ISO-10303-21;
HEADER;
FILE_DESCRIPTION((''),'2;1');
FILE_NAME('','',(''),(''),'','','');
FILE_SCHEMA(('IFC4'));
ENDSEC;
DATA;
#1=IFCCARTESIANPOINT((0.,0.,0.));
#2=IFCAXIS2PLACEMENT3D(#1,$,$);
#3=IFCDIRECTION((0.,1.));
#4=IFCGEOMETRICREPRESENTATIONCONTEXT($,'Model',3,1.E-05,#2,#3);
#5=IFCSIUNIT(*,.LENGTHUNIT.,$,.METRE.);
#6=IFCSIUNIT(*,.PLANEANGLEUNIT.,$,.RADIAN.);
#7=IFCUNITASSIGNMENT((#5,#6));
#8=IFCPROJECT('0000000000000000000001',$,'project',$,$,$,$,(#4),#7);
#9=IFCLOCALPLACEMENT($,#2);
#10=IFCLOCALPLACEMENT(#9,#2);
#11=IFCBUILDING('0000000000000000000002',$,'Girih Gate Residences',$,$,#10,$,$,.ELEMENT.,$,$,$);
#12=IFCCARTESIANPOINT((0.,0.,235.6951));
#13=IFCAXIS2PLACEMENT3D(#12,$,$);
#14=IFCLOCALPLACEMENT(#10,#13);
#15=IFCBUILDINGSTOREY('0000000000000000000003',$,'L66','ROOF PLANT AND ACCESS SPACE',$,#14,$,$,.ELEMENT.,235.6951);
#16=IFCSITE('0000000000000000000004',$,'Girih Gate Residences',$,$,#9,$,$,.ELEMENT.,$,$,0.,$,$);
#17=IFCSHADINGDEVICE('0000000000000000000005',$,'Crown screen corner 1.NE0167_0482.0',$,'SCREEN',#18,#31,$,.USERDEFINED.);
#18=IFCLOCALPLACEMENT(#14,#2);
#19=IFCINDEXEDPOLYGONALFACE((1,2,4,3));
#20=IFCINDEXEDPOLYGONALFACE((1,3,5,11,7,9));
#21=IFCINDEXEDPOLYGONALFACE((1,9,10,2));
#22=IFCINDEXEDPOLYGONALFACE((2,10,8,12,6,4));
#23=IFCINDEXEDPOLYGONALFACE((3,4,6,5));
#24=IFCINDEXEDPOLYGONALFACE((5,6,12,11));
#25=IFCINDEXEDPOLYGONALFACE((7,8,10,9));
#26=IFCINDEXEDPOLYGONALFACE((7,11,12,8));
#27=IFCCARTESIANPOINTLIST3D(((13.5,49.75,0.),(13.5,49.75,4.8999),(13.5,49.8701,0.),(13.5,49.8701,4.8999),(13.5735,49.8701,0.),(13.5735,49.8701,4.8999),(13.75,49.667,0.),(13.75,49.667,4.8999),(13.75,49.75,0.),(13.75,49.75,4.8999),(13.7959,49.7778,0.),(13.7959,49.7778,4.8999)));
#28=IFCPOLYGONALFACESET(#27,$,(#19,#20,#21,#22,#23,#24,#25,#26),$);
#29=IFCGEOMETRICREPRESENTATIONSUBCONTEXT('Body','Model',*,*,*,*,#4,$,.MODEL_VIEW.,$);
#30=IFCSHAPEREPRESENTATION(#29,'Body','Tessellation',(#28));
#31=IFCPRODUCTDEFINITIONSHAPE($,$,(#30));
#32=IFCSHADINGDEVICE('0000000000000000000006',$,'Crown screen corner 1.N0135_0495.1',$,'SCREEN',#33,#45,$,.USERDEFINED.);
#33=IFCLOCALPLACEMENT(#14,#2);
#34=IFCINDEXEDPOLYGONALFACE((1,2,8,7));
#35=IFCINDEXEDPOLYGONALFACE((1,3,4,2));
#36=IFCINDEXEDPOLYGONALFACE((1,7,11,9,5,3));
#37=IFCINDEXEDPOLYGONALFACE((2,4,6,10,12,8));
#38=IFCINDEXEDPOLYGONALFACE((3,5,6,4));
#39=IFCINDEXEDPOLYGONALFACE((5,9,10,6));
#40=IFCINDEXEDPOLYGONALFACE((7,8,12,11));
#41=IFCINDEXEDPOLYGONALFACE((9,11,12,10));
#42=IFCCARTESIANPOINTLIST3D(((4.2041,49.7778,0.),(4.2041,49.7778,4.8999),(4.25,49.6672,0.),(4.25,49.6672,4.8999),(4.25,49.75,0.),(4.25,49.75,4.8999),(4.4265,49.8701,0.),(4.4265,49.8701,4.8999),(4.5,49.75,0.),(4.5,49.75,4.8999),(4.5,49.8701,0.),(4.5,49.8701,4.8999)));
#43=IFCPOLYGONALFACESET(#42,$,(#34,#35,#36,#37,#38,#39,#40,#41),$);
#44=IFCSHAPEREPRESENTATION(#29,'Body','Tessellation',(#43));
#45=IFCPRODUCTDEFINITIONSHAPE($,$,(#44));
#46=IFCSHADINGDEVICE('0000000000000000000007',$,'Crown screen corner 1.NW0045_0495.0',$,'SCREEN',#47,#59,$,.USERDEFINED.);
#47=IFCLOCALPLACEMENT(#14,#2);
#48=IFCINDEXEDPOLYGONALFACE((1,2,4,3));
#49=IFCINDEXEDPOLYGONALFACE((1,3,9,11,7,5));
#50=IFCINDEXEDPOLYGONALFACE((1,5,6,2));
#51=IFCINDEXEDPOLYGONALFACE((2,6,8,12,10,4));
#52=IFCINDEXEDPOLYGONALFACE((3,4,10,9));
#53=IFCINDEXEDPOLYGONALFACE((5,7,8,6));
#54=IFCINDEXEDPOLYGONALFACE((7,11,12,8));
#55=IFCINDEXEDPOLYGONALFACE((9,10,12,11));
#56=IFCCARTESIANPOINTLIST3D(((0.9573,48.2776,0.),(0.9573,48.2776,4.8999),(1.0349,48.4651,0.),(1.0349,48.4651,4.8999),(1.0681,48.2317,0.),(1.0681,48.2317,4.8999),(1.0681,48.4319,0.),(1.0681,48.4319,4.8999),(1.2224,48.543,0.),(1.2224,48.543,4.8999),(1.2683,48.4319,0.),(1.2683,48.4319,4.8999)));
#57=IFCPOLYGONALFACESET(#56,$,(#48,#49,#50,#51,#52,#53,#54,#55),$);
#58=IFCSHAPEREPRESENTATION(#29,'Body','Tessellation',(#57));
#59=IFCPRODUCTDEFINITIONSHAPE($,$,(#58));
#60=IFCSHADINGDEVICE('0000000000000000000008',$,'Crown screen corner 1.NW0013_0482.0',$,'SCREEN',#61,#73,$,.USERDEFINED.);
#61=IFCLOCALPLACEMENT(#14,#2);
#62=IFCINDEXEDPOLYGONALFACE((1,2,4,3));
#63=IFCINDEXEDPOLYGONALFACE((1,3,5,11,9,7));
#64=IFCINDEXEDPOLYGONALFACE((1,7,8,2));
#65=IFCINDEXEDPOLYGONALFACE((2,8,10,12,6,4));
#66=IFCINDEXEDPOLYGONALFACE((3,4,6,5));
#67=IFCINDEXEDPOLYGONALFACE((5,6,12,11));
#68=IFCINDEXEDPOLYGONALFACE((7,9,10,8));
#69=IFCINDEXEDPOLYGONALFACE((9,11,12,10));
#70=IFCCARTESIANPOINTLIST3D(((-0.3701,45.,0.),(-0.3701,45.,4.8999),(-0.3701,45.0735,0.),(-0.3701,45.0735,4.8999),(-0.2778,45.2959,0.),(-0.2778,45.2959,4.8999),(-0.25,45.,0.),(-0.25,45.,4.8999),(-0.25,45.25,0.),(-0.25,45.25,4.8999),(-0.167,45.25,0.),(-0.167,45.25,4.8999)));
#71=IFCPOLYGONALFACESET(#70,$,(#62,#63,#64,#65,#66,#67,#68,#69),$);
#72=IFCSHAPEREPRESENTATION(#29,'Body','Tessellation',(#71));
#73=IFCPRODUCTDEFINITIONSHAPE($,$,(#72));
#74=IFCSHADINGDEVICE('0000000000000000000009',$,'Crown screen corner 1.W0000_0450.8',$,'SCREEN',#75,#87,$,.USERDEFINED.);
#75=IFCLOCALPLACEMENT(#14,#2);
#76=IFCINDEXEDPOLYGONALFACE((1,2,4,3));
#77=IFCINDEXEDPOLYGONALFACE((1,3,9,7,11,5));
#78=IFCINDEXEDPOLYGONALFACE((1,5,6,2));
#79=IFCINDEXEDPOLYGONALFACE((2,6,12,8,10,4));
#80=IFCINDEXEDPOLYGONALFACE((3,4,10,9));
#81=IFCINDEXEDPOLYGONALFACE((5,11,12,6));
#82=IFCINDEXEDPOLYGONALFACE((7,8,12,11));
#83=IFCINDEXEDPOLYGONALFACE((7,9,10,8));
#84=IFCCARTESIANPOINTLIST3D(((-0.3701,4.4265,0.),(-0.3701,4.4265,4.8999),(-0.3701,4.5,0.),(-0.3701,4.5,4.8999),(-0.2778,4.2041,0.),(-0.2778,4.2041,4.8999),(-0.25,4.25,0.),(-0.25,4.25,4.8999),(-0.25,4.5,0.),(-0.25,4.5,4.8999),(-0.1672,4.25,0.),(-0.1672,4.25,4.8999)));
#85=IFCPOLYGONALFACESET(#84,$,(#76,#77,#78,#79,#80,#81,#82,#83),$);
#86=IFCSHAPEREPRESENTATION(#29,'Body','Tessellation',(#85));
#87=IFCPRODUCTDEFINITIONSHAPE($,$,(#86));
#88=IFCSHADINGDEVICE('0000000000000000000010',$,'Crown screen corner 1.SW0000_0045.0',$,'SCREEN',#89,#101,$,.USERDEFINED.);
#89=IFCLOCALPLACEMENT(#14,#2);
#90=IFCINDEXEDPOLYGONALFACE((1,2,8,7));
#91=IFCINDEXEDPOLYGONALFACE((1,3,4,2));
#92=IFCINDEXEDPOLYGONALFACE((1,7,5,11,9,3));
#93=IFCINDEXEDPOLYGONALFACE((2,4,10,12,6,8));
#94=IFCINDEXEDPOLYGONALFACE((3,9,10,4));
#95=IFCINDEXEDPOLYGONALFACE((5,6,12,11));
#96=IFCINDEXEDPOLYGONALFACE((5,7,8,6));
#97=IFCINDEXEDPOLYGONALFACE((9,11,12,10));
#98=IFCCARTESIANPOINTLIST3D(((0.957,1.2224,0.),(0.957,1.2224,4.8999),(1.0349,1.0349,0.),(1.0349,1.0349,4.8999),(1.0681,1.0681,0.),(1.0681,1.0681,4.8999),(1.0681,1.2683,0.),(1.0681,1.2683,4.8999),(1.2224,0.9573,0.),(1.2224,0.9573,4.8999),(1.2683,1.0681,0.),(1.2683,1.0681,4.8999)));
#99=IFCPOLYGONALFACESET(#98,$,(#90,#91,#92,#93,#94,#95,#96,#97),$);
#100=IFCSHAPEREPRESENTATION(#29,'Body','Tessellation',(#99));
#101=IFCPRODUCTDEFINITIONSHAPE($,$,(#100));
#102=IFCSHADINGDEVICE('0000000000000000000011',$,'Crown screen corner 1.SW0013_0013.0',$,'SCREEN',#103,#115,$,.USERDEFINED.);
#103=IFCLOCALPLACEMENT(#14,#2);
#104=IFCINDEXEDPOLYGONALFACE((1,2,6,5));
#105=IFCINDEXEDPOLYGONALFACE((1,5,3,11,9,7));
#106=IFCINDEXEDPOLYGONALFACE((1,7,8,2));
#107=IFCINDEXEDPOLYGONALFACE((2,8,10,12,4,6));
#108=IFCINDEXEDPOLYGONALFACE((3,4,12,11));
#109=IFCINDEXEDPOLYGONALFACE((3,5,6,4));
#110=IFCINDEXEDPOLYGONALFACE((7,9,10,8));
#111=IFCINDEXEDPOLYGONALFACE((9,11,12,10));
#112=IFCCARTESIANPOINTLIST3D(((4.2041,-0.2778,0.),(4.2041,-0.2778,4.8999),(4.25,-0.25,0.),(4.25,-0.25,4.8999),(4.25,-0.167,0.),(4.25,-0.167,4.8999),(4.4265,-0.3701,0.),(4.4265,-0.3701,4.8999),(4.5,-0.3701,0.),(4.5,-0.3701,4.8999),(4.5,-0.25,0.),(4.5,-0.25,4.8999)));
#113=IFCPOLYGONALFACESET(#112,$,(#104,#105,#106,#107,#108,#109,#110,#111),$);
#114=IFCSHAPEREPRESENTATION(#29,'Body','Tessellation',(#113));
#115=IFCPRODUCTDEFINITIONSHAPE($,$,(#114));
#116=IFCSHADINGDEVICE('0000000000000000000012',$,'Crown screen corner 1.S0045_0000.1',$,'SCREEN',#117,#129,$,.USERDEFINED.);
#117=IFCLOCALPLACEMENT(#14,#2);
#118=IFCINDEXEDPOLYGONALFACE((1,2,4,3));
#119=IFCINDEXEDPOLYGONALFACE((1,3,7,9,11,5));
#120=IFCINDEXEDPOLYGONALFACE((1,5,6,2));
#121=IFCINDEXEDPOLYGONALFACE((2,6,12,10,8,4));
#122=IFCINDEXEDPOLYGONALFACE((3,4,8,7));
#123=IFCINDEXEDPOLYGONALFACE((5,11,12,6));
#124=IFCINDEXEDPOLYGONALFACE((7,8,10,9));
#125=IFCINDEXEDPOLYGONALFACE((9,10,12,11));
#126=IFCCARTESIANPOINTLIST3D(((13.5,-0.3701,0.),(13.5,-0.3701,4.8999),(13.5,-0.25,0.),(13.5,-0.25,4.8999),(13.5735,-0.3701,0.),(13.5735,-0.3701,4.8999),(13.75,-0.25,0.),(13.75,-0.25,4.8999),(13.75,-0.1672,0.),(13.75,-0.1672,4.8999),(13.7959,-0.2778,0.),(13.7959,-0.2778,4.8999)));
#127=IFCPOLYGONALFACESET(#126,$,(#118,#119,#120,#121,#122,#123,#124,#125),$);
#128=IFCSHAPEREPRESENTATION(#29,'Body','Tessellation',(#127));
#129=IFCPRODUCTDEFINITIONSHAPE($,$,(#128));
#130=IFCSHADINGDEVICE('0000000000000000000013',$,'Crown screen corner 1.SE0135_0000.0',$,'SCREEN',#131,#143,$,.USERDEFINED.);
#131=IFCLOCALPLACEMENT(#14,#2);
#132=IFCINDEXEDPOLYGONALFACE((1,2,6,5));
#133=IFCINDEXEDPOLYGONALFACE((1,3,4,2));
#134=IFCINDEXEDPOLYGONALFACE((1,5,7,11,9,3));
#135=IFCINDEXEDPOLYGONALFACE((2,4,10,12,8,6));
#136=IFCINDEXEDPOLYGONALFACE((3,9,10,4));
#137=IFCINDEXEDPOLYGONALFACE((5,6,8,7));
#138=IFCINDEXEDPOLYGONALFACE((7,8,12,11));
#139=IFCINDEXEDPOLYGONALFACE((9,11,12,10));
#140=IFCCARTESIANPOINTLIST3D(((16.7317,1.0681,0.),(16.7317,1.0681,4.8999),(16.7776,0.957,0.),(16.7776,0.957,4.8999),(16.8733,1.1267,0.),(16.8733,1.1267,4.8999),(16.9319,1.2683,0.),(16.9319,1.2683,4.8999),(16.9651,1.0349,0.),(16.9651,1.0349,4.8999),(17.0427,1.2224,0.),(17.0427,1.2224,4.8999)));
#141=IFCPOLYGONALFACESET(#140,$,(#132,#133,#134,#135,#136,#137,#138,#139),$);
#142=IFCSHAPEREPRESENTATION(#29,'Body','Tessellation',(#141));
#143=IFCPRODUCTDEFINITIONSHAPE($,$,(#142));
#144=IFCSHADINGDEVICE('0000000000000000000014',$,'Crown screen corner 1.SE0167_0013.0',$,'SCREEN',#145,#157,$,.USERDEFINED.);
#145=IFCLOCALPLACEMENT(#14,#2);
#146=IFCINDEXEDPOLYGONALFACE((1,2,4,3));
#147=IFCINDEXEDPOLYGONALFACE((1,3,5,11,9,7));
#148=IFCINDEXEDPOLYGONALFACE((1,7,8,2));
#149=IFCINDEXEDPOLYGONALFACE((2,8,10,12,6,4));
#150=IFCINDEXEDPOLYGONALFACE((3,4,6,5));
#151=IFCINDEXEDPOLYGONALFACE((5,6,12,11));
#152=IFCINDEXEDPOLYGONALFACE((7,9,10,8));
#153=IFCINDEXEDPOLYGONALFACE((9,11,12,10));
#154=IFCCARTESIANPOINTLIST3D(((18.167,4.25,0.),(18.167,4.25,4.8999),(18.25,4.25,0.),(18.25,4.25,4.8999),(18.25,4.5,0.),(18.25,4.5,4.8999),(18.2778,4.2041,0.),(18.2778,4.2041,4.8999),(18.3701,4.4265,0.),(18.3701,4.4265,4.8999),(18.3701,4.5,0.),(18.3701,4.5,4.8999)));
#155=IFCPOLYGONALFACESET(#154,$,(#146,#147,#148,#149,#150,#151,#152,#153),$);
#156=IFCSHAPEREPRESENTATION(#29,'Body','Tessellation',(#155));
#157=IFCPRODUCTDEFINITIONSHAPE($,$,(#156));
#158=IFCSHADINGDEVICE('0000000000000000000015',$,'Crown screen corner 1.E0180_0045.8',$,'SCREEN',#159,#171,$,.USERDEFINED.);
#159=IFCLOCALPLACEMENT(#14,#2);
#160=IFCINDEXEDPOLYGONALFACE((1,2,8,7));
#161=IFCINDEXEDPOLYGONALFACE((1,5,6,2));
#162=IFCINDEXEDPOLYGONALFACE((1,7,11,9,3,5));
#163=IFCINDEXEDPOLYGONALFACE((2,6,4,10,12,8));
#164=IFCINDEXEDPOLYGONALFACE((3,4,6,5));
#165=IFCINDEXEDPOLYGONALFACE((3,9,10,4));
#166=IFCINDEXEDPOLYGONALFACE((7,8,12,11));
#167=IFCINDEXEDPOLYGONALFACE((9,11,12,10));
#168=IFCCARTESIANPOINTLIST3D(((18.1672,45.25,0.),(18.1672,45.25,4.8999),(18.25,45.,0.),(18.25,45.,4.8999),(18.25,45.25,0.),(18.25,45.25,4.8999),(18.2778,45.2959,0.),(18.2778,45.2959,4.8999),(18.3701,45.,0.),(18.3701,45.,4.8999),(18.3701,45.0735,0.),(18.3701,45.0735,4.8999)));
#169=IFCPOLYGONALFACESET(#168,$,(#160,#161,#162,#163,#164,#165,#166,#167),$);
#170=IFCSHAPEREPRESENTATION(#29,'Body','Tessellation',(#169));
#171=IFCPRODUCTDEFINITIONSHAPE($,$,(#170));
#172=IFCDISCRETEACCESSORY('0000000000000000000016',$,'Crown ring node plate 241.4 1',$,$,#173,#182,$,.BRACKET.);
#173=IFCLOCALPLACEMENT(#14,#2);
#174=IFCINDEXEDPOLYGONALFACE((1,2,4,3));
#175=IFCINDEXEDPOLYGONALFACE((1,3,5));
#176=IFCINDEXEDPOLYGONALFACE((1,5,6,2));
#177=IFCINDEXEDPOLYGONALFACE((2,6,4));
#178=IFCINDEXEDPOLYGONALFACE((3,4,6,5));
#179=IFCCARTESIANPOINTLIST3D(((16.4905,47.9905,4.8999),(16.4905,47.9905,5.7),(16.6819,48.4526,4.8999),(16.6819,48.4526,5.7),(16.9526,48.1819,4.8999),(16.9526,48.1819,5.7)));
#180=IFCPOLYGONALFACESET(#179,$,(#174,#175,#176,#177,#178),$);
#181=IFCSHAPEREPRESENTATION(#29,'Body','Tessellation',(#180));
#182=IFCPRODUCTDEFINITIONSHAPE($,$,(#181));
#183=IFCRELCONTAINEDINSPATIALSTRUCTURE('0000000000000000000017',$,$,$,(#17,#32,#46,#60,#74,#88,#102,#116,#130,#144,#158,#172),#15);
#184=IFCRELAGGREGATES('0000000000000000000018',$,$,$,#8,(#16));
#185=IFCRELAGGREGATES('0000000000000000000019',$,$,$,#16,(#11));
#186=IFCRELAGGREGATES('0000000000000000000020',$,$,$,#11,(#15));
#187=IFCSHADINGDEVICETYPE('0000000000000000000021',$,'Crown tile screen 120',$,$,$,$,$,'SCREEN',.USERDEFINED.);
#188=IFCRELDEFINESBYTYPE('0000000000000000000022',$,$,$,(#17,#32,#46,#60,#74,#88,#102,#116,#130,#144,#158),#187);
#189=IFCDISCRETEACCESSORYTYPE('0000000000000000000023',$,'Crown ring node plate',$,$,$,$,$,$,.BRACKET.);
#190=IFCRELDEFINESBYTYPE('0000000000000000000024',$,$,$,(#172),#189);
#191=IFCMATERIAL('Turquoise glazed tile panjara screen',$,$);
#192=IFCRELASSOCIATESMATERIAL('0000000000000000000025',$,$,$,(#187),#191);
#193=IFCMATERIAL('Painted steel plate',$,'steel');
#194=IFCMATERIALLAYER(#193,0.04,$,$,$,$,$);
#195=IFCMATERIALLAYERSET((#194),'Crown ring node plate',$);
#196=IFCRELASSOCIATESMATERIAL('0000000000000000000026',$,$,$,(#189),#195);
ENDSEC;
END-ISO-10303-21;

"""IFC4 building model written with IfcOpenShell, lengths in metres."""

from ifc_helpers import new_model, si_unit, direction, frame, origin, place, context, subcontext, project, spatial, polyline, outline, extrude, material, layer, layer_set, type_object, element, save


model = new_model("IFC4")

# Units and contexts
model_context = context("Model", 3, precision=1e-05, world=origin(), true_north=direction((0.0, 1.0)))
body_context = subcontext(model_context, "Body", "Model", "MODEL_VIEW")
ifc_project = project(units=[si_unit("LENGTHUNIT", "METRE"), si_unit("PLANEANGLEUNIT", "RADIAN")], contexts=[model_context])

# Site, building, storey
site_placement = place(None, origin())
site = spatial("IfcSite", under=ifc_project, at=site_placement, Name="Girih Gate Residences", CompositionType="ELEMENT", RefElevation=0.0)
building_placement = place(site_placement, origin())
building = spatial("IfcBuilding", under=site, at=building_placement, Name="Girih Gate Residences", CompositionType="ELEMENT")
storey_placement = place(building_placement, frame((0.0, 0.0, 235.6951)))
storey = spatial("IfcBuildingStorey", under=building, at=storey_placement, Name="L66", Description="ROOF PLANT AND ACCESS SPACE", CompositionType="ELEMENT", Elevation=235.6951)

# Shading devices
ifc_material_1 = material(Name="Turquoise glazed tile panjara screen")
shading_device_type_1 = type_object("IfcShadingDeviceType", Name="Crown tile screen 120", ElementType="SCREEN", PredefinedType="USERDEFINED", material=ifc_material_1)
shading_device_1_placement = place(storey_placement, origin())
element("IfcShadingDevice", 1, at=shading_device_1_placement, inside=storey, type_object=shading_device_type_1, Name="Crown screen corner 1.NE0167_0482.0", ObjectType="SCREEN", PredefinedType="USERDEFINED", context=body_context, shape_type="SweptSolid", body=[
    extrude(outline(polyline([(13.5735, 49.8701), (13.7959, 49.7778), (13.75, 49.667), (13.75, 49.75), (13.5, 49.75), (13.5, 49.8701), (13.5735, 49.8701)])), origin(), (0.0, 0.0, 1.0), 4.8999),
])
shading_device_2_placement = place(storey_placement, origin())
element("IfcShadingDevice", 2, at=shading_device_2_placement, inside=storey, type_object=shading_device_type_1, Name="Crown screen corner 1.N0135_0495.1", ObjectType="SCREEN", PredefinedType="USERDEFINED", context=body_context, shape_type="SweptSolid", body=[
    extrude(outline(polyline([(4.4265, 49.8701), (4.5, 49.8701), (4.5, 49.75), (4.25, 49.75), (4.25, 49.6672), (4.2041, 49.7778), (4.4265, 49.8701)])), origin(), (0.0, 0.0, 1.0), 4.8999),
])
shading_device_3_placement = place(storey_placement, origin())
element("IfcShadingDevice", 3, at=shading_device_3_placement, inside=storey, type_object=shading_device_type_1, Name="Crown screen corner 1.NW0045_0495.0", ObjectType="SCREEN", PredefinedType="USERDEFINED", context=body_context, shape_type="SweptSolid", body=[
    extrude(outline(polyline([(1.0349, 48.4651), (1.2224, 48.543), (1.2683, 48.4319), (1.0681, 48.4319), (1.0681, 48.2317), (0.9573, 48.2776), (1.0349, 48.4651)])), origin(), (0.0, 0.0, 1.0), 4.8999),
])
shading_device_4_placement = place(storey_placement, origin())
element("IfcShadingDevice", 4, at=shading_device_4_placement, inside=storey, type_object=shading_device_type_1, Name="Crown screen corner 1.NW0013_0482.0", ObjectType="SCREEN", PredefinedType="USERDEFINED", context=body_context, shape_type="SweptSolid", body=[
    extrude(outline(polyline([(-0.3701, 45.0735), (-0.2778, 45.2959), (-0.167, 45.25), (-0.25, 45.25), (-0.25, 45.0), (-0.3701, 45.0), (-0.3701, 45.0735)])), origin(), (0.0, 0.0, 1.0), 4.8999),
])
shading_device_5_placement = place(storey_placement, origin())
element("IfcShadingDevice", 5, at=shading_device_5_placement, inside=storey, type_object=shading_device_type_1, Name="Crown screen corner 1.W0000_0450.8", ObjectType="SCREEN", PredefinedType="USERDEFINED", context=body_context, shape_type="SweptSolid", body=[
    extrude(outline(polyline([(-0.3701, 4.4265), (-0.3701, 4.5), (-0.25, 4.5), (-0.25, 4.25), (-0.1672, 4.25), (-0.2778, 4.2041), (-0.3701, 4.4265)])), origin(), (0.0, 0.0, 1.0), 4.8999),
])
shading_device_6_placement = place(storey_placement, origin())
element("IfcShadingDevice", 6, at=shading_device_6_placement, inside=storey, type_object=shading_device_type_1, Name="Crown screen corner 1.SW0000_0045.0", ObjectType="SCREEN", PredefinedType="USERDEFINED", context=body_context, shape_type="SweptSolid", body=[
    extrude(outline(polyline([(1.0349, 1.0349), (0.957, 1.2224), (1.0681, 1.2683), (1.0681, 1.0681), (1.2683, 1.0681), (1.2224, 0.9573), (1.0349, 1.0349)])), origin(), (0.0, 0.0, 1.0), 4.8999),
])
shading_device_7_placement = place(storey_placement, origin())
element("IfcShadingDevice", 7, at=shading_device_7_placement, inside=storey, type_object=shading_device_type_1, Name="Crown screen corner 1.SW0013_0013.0", ObjectType="SCREEN", PredefinedType="USERDEFINED", context=body_context, shape_type="SweptSolid", body=[
    extrude(outline(polyline([(4.4265, -0.3701), (4.2041, -0.2778), (4.25, -0.167), (4.25, -0.25), (4.5, -0.25), (4.5, -0.3701), (4.4265, -0.3701)])), origin(), (0.0, 0.0, 1.0), 4.8999),
])
shading_device_8_placement = place(storey_placement, origin())
element("IfcShadingDevice", 8, at=shading_device_8_placement, inside=storey, type_object=shading_device_type_1, Name="Crown screen corner 1.S0045_0000.1", ObjectType="SCREEN", PredefinedType="USERDEFINED", context=body_context, shape_type="SweptSolid", body=[
    extrude(outline(polyline([(13.5735, -0.3701), (13.5, -0.3701), (13.5, -0.25), (13.75, -0.25), (13.75, -0.1672), (13.7959, -0.2778), (13.5735, -0.3701)])), origin(), (0.0, 0.0, 1.0), 4.8999),
])
shading_device_9_placement = place(storey_placement, origin())
element("IfcShadingDevice", 9, at=shading_device_9_placement, inside=storey, type_object=shading_device_type_1, Name="Crown screen corner 1.SE0135_0000.0", ObjectType="SCREEN", PredefinedType="USERDEFINED", context=body_context, shape_type="SweptSolid", body=[
    extrude(outline(polyline([(16.9651, 1.0349), (16.7776, 0.957), (16.7317, 1.0681), (16.8733, 1.1267), (16.9319, 1.2683), (17.0427, 1.2224), (16.9651, 1.0349)])), origin(), (0.0, 0.0, 1.0), 4.8999),
])
shading_device_10_placement = place(storey_placement, origin())
element("IfcShadingDevice", 10, at=shading_device_10_placement, inside=storey, type_object=shading_device_type_1, Name="Crown screen corner 1.SE0167_0013.0", ObjectType="SCREEN", PredefinedType="USERDEFINED", context=body_context, shape_type="SweptSolid", body=[
    extrude(outline(polyline([(18.3701, 4.4265), (18.2778, 4.2041), (18.167, 4.25), (18.25, 4.25), (18.25, 4.5), (18.3701, 4.5), (18.3701, 4.4265)])), origin(), (0.0, 0.0, 1.0), 4.8999),
])
shading_device_11_placement = place(storey_placement, origin())
element("IfcShadingDevice", 11, at=shading_device_11_placement, inside=storey, type_object=shading_device_type_1, Name="Crown screen corner 1.E0180_0045.8", ObjectType="SCREEN", PredefinedType="USERDEFINED", context=body_context, shape_type="SweptSolid", body=[
    extrude(outline(polyline([(18.3701, 45.0735), (18.3701, 45.0), (18.25, 45.0), (18.25, 45.25), (18.1672, 45.25), (18.2778, 45.2959), (18.3701, 45.0735)])), origin(), (0.0, 0.0, 1.0), 4.8999),
])

# Discrete accessory
ifc_material_2 = material(Name="Painted steel plate", Category="steel")
ifc_layer_1 = layer(ifc_material_2, 0.04)
ifc_layer_set_1 = layer_set([ifc_layer_1], Name="Crown ring node plate")
discrete_accessory_type = type_object("IfcDiscreteAccessoryType", Name="Crown ring node plate", PredefinedType="BRACKET", material=ifc_layer_set_1)
discrete_accessory_placement = place(storey_placement, frame((0.0, 0.0, 4.8999)))
element("IfcDiscreteAccessory", 12, at=discrete_accessory_placement, inside=storey, type_object=discrete_accessory_type, Name="Crown ring node plate 241.4 1", PredefinedType="BRACKET", context=body_context, shape_type="SweptSolid", body=[
    extrude(outline(polyline([(16.4905, 47.9905), (16.9526, 48.1819), (16.6819, 48.4526), (16.4905, 47.9905)])), origin(), (0.0, 0.0, 1.0), 0.8),
])

save(model, "model.ifc")
